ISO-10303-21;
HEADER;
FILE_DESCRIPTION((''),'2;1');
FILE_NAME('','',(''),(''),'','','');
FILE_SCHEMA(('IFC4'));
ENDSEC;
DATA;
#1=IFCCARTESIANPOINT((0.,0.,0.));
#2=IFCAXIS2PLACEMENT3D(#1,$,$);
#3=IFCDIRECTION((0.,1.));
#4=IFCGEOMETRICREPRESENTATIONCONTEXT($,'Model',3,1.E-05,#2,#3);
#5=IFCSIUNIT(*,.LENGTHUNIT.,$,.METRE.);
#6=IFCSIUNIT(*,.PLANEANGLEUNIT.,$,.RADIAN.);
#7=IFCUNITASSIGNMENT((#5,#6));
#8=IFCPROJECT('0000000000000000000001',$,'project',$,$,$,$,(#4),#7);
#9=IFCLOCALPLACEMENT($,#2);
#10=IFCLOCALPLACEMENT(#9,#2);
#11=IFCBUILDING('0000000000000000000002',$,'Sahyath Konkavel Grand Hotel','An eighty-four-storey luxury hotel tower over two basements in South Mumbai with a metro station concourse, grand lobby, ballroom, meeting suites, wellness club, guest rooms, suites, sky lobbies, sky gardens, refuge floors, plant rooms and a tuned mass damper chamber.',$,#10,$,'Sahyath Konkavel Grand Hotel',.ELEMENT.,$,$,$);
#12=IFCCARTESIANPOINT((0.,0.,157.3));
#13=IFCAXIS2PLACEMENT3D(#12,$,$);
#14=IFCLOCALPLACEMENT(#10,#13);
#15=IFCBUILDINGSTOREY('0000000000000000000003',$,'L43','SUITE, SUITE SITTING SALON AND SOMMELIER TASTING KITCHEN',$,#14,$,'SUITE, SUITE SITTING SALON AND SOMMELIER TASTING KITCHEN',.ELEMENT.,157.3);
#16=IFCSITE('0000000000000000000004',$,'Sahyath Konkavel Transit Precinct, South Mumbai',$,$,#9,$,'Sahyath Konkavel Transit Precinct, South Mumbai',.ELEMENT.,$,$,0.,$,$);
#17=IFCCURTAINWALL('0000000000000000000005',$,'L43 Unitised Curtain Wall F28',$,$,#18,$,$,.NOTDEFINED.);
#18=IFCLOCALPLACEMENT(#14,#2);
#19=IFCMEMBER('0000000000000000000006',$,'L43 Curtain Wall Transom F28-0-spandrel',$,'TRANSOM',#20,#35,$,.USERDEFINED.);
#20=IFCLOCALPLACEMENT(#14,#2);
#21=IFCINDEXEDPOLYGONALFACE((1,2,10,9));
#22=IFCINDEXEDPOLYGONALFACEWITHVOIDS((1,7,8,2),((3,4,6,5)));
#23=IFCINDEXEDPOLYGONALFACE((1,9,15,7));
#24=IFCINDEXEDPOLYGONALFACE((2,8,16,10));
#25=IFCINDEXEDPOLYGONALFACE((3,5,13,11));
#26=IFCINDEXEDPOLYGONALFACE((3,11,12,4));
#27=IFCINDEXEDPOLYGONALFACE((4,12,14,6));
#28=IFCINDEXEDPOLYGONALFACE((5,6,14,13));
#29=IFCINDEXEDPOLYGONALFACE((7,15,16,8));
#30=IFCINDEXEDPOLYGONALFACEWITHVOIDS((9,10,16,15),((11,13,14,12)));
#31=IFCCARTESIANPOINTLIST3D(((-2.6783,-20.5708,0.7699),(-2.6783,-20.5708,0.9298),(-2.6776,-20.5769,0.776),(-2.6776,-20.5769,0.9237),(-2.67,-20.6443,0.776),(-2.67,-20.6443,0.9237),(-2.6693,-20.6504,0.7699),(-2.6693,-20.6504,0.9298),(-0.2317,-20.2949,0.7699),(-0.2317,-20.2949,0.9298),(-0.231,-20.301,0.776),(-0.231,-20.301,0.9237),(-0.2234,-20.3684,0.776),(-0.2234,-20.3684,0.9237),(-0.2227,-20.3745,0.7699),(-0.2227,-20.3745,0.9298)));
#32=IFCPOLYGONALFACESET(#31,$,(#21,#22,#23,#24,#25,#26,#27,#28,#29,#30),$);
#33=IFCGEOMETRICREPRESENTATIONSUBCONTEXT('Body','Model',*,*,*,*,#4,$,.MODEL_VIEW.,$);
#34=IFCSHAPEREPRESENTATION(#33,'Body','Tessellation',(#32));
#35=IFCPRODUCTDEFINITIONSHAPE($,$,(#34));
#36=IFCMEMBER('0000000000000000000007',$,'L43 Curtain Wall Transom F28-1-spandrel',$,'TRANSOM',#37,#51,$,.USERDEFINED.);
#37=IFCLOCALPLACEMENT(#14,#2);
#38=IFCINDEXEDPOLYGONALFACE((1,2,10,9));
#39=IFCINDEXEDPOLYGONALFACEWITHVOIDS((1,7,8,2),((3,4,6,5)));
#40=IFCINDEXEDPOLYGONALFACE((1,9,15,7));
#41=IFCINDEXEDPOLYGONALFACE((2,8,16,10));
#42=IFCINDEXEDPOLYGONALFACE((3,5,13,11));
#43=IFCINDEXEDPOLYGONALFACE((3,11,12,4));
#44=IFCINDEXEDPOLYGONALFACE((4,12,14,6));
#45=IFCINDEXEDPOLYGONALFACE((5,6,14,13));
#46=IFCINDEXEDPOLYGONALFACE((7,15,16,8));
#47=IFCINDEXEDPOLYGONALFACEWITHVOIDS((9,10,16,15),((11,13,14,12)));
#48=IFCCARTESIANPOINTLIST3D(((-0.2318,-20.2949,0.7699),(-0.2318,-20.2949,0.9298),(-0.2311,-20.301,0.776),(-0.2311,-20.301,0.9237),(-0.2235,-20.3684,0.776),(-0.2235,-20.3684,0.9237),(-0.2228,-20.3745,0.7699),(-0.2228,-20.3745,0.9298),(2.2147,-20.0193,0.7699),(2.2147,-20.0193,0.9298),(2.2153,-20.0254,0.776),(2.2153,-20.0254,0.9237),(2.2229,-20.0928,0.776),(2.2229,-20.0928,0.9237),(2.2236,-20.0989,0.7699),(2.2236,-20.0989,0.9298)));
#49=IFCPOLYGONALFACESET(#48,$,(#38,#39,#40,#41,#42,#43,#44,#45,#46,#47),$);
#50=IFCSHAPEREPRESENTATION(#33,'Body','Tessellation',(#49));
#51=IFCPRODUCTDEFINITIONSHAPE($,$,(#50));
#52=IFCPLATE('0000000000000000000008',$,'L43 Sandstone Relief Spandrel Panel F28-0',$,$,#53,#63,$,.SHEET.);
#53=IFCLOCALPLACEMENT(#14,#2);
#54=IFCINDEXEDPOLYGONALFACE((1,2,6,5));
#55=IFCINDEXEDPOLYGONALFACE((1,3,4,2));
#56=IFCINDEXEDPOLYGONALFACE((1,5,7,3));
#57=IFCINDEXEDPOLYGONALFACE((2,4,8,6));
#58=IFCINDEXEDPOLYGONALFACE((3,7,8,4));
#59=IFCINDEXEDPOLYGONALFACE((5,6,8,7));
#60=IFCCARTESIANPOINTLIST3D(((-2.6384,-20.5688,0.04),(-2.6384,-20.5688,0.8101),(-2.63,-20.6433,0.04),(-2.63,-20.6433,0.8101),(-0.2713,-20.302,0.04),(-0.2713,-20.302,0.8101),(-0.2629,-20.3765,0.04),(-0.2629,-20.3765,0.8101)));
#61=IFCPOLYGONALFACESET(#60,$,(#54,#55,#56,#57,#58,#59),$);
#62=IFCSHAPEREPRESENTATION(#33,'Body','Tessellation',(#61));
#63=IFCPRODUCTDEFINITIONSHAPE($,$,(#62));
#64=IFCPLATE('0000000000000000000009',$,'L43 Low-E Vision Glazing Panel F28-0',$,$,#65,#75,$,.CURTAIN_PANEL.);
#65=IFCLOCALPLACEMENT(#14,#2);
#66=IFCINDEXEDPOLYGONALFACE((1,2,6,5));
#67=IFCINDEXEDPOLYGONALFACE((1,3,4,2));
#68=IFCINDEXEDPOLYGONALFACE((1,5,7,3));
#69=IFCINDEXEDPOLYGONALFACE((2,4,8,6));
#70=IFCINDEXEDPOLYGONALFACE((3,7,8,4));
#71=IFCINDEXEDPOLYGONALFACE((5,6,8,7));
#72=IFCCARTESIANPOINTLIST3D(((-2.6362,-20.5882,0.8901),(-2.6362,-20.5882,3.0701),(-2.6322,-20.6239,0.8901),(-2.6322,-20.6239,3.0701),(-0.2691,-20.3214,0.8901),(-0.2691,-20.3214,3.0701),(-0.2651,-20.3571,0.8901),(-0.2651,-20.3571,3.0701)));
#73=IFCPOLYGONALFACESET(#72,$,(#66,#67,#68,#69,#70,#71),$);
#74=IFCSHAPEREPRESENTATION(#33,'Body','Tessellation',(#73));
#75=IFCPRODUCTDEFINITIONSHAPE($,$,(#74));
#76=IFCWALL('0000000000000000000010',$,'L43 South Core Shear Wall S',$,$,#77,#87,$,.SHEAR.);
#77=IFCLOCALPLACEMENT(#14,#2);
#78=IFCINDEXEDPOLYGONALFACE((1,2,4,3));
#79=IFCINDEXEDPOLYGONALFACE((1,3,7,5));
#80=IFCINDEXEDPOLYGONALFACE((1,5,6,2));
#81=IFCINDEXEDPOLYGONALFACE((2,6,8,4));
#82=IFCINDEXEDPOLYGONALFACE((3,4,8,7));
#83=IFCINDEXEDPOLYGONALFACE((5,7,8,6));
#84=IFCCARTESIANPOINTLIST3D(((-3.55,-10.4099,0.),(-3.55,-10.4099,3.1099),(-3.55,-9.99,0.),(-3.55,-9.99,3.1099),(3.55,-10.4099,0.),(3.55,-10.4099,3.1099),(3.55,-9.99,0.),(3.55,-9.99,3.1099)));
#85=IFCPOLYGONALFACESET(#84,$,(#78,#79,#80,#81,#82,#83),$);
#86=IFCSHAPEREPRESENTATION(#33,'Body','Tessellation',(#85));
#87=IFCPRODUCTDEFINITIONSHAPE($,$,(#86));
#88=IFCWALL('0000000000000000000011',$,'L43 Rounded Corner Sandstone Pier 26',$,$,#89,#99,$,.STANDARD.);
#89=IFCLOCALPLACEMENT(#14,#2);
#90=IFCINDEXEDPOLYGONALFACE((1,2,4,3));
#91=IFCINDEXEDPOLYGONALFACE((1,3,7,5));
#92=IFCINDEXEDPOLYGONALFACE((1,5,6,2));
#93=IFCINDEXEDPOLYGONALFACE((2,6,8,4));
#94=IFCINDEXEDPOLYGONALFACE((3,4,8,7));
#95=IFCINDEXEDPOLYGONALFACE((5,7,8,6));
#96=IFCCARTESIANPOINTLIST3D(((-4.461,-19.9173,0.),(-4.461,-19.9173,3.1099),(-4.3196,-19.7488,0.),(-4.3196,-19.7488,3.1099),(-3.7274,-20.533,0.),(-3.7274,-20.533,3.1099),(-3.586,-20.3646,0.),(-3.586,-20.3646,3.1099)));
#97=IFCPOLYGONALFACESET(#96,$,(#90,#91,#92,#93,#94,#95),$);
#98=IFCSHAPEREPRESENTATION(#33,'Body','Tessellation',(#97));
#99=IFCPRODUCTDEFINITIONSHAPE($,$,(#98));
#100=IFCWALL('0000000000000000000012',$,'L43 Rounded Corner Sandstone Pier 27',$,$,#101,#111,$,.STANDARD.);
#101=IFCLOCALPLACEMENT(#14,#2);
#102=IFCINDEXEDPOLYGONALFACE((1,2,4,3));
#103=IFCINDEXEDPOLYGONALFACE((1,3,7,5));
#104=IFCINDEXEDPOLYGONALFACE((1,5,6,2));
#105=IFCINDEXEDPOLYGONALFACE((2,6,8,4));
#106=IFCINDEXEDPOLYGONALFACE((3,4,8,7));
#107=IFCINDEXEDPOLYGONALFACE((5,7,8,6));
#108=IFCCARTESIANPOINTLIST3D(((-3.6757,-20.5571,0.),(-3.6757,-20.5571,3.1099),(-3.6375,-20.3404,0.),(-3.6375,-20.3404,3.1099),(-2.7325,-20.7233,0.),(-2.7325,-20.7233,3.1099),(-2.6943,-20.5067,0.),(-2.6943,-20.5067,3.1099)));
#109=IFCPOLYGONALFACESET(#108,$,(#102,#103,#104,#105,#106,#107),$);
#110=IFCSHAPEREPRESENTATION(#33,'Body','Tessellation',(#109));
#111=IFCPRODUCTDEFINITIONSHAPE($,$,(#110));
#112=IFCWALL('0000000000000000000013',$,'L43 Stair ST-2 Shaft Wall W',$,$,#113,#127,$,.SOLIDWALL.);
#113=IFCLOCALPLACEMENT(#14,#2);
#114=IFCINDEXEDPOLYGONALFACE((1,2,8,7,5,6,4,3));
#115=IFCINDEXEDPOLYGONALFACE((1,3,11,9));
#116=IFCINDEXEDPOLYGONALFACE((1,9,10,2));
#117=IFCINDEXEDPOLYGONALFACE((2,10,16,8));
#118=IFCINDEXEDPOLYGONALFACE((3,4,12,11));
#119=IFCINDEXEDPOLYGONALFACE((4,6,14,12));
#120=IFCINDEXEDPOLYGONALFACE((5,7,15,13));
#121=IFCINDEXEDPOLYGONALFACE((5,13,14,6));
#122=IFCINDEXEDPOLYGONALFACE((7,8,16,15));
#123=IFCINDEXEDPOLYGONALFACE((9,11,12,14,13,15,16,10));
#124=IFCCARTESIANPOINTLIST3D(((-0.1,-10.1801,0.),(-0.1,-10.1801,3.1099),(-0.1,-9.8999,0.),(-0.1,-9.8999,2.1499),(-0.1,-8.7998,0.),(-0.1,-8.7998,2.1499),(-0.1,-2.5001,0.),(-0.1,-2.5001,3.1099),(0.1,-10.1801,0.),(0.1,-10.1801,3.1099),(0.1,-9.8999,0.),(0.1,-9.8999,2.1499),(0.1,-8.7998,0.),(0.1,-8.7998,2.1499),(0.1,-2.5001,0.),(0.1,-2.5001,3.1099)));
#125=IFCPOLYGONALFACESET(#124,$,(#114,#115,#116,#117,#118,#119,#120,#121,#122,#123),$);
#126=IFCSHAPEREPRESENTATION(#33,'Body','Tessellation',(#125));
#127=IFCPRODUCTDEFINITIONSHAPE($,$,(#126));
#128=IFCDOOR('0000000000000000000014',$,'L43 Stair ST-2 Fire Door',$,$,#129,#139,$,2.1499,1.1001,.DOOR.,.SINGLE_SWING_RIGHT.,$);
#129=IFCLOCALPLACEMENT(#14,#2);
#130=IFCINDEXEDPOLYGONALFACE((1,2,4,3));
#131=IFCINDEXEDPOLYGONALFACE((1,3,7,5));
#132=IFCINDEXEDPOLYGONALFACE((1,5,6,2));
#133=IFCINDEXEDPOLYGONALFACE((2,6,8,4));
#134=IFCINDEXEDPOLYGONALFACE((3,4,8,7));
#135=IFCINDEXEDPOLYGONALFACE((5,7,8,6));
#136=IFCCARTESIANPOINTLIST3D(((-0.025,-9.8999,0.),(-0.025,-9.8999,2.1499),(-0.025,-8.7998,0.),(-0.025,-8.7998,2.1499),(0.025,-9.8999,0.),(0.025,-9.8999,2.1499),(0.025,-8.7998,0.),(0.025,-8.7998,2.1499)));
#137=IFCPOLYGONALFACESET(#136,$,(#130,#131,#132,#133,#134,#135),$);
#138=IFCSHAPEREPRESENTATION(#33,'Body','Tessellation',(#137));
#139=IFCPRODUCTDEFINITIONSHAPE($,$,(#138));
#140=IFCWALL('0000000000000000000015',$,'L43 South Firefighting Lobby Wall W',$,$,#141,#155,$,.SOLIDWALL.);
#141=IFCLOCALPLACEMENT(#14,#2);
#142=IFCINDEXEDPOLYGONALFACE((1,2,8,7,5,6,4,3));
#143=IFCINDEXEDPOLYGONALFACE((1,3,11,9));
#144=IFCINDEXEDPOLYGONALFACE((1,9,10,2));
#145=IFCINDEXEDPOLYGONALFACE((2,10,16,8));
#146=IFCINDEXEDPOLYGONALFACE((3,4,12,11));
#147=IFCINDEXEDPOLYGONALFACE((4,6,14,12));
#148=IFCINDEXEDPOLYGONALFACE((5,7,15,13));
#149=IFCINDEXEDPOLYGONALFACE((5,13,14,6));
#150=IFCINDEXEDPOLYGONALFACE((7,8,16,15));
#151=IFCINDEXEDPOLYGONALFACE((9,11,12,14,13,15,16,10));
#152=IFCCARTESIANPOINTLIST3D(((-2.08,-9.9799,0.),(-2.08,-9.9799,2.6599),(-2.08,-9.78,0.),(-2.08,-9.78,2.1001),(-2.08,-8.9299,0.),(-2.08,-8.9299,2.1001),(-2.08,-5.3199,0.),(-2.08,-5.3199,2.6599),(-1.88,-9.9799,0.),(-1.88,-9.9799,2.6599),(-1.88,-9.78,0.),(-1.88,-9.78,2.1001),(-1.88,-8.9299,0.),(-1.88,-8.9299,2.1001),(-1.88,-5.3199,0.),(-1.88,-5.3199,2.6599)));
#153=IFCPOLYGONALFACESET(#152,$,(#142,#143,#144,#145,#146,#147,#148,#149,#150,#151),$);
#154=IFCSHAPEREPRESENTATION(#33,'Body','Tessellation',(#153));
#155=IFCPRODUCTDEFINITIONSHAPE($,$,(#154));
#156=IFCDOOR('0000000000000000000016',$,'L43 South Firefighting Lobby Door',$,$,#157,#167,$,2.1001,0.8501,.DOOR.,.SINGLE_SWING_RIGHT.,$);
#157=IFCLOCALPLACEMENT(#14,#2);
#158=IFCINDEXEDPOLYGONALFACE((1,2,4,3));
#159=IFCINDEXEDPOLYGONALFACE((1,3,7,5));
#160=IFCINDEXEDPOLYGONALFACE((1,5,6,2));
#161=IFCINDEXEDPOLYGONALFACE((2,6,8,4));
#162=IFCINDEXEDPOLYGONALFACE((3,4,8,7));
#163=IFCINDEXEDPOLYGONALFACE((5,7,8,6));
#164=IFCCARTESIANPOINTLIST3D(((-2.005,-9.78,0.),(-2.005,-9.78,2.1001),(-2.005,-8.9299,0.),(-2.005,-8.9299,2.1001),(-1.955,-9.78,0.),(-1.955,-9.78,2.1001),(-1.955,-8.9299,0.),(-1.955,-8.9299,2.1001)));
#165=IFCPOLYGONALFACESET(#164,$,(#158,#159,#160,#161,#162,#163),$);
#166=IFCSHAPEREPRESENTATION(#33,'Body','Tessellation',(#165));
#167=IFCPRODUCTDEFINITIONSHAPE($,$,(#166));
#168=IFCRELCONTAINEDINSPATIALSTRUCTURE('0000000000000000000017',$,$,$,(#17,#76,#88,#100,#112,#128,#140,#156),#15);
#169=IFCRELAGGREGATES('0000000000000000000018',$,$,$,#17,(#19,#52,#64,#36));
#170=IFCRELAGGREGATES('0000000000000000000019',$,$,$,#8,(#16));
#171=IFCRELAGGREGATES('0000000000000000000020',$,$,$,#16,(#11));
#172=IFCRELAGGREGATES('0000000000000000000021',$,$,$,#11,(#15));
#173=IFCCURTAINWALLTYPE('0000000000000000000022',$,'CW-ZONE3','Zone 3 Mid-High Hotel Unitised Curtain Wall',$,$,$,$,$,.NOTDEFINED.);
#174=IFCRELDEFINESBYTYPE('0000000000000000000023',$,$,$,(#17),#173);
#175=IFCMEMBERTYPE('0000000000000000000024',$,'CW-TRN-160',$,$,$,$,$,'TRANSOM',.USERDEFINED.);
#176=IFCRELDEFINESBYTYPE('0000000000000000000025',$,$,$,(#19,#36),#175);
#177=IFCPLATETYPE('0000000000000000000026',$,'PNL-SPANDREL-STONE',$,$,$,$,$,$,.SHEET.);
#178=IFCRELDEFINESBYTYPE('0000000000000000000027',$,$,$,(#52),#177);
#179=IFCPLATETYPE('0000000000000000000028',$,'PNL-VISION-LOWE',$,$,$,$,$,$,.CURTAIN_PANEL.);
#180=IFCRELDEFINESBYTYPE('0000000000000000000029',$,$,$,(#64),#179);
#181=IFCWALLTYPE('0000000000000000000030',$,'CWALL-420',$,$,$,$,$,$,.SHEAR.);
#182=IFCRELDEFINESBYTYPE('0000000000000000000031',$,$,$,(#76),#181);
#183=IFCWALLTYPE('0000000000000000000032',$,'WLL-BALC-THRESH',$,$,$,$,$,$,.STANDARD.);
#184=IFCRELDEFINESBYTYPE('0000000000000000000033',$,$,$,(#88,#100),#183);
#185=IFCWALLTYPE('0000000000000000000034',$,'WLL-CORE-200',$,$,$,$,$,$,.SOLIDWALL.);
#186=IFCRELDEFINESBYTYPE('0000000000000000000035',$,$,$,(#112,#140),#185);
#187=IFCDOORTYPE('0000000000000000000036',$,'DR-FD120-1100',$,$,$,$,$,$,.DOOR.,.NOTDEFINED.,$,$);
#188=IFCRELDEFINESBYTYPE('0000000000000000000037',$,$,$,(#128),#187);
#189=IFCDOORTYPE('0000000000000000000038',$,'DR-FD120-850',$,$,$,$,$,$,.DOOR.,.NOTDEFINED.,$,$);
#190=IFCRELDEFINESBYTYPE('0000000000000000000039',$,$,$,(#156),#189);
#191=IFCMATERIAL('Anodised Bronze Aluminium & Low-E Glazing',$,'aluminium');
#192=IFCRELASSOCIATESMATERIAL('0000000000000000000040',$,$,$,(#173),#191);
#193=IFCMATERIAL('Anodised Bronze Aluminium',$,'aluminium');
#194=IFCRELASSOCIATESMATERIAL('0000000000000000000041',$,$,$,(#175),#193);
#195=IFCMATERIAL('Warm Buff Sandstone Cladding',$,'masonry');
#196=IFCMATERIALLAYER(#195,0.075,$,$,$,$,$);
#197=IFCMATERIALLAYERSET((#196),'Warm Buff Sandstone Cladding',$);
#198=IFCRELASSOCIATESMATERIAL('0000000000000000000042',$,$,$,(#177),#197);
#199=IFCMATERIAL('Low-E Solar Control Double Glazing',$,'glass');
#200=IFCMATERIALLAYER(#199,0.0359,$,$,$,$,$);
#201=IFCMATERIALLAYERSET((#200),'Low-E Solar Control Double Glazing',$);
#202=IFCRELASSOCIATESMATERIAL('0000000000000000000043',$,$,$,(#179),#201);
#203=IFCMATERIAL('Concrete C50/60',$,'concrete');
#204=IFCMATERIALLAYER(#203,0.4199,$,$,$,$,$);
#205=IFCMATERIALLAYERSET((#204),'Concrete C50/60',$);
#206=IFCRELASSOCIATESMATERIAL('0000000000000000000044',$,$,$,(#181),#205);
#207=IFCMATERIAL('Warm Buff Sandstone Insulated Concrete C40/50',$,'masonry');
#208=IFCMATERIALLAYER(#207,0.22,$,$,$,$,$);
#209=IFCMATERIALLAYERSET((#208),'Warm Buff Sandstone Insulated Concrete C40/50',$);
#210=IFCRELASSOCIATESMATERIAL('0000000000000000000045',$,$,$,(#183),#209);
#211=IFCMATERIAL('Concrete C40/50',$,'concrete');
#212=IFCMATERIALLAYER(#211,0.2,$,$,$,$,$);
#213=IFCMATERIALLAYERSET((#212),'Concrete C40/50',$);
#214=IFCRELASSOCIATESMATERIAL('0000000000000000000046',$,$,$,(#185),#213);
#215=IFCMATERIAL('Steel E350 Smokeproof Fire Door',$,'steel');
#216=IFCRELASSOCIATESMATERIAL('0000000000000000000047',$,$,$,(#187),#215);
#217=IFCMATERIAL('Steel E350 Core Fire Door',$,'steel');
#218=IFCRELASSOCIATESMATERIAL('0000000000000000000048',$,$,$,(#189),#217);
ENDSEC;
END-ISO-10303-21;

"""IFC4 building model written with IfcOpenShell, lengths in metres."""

from ifc_helpers import new_model, si_unit, direction, frame, frame_2d, origin, origin_2d, place, context, subcontext, project, spatial, rectangle, hollow_rectangle, extrude, source, transform, mapped, material, layer, layer_set, material_profile, profile_set, type_object, element, fill, aggregate, save


model = new_model("IFC4")

# Units and contexts
model_context = context("Model", 3, precision=1e-05, world=origin(), true_north=direction((0.0, 1.0)))
body_context = subcontext(model_context, "Body", "Model", "MODEL_VIEW")
ifc_project = project(units=[si_unit("LENGTHUNIT", "METRE"), si_unit("PLANEANGLEUNIT", "RADIAN")], contexts=[model_context])

# Site, building, storey
site_placement = place(None, origin())
site = spatial("IfcSite", under=ifc_project, at=site_placement, Name="Sahyath Konkavel Transit Precinct, South Mumbai", LongName="Sahyath Konkavel Transit Precinct, South Mumbai", CompositionType="ELEMENT", RefElevation=0.0)
building_placement = place(site_placement, origin())
building = spatial("IfcBuilding", under=site, at=building_placement, Name="Sahyath Konkavel Grand Hotel", Description="An eighty-four-storey luxury hotel tower over two basements in South Mumbai with a metro station concourse, grand lobby, ballroom, meeting suites, wellness club, guest rooms, suites, sky lobbies, sky gardens, refuge floors, plant rooms and a tuned mass damper chamber.", LongName="Sahyath Konkavel Grand Hotel", CompositionType="ELEMENT")
storey_placement = place(building_placement, frame((0.0, 0.0, 157.3)))
storey = spatial("IfcBuildingStorey", under=building, at=storey_placement, Name="L43", Description="SUITE, SUITE SITTING SALON AND SOMMELIER TASTING KITCHEN", LongName="SUITE, SUITE SITTING SALON AND SOMMELIER TASTING KITCHEN", CompositionType="ELEMENT", Elevation=157.3)

# Shared definitions
ifc_material_1 = material(Name="Concrete C50/60", Category="concrete")
ifc_material_2 = material(Name="Concrete C40/50", Category="concrete")

# Curtain wall, members, plates
ifc_material_3 = material(Name="Anodised Bronze Aluminium & Low-E Glazing", Category="aluminium")
curtain_wall_type = type_object("IfcCurtainWallType", Name="CW-ZONE3", Description="Zone 3 Mid-High Hotel Unitised Curtain Wall", PredefinedType="NOTDEFINED", material=ifc_material_3)
curtain_wall_placement = place(storey_placement, origin())
curtain_wall = element("IfcCurtainWall", 1, at=curtain_wall_placement, inside=storey, type_object=curtain_wall_type, Name="L43 Unitised Curtain Wall F28", PredefinedType="NOTDEFINED")
ifc_material_4 = material(Name="Anodised Bronze Aluminium", Category="aluminium")
ifc_material_profile_1 = material_profile(ifc_material_4, hollow_rectangle(XDim=0.0801, YDim=0.1599, WallThickness=0.0061, at=origin_2d()), Name="RHS 160x80x6")
ifc_profile_set_1 = profile_set([ifc_material_profile_1], Name="Anodised Bronze Aluminium")
member_type_1 = type_object("IfcMemberType", Name="CW-TRN-160", ElementType="TRANSOM", PredefinedType="USERDEFINED", material=ifc_profile_set_1)
shared_shape_1 = source(origin(), body_context, "Body", "SweptSolid", [
    extrude(hollow_rectangle(XDim=0.0801, YDim=0.1599, WallThickness=0.0061, at=origin_2d()), origin(), (0.0, 0.0, 1.0), 2.4622),
])
member_1_placement = place(storey_placement, frame((-2.6738, -20.6106, 0.8499), z_axis=(0.993702, 0.112053, 0.0), x_axis=(-0.112053, 0.993702, 0.0)))
member_1 = element("IfcMember", 2, at=member_1_placement, type_object=member_type_1, Name="L43 Curtain Wall Transom F28-0-spandrel", ObjectType="TRANSOM", PredefinedType="USERDEFINED", context=body_context, shape_type="MappedRepresentation", body=[
    mapped(shared_shape_1, transform((0.0, 0.0, 0.0), scale=1.0)),
])
shared_shape_2 = source(origin(), body_context, "Body", "SweptSolid", [
    extrude(hollow_rectangle(XDim=0.0801, YDim=0.1599, WallThickness=0.0061, at=origin_2d()), origin(), (0.0, 0.0, 1.0), 2.4619),
])
member_2_placement = place(storey_placement, frame((-0.2273, -20.3347, 0.8499), z_axis=(0.993713, 0.111955, 0.0), x_axis=(-0.111955, 0.993713, 0.0)))
member_2 = element("IfcMember", 3, at=member_2_placement, type_object=member_type_1, Name="L43 Curtain Wall Transom F28-1-spandrel", ObjectType="TRANSOM", PredefinedType="USERDEFINED", context=body_context, shape_type="MappedRepresentation", body=[
    mapped(shared_shape_2, transform((0.0, 0.0, 0.0), scale=1.0)),
])
ifc_material_5 = material(Name="Warm Buff Sandstone Cladding", Category="masonry")
ifc_layer_1 = layer(ifc_material_5, 0.075)
ifc_layer_set_1 = layer_set([ifc_layer_1], Name="Warm Buff Sandstone Cladding")
plate_type_1 = type_object("IfcPlateType", Name="PNL-SPANDREL-STONE", PredefinedType="SHEET", material=ifc_layer_set_1)
shared_shape_3 = source(origin(), body_context, "Body", "SweptSolid", [
    extrude(rectangle(XDim=2.3821, YDim=0.075, at=origin_2d()), origin(), (0.0, 0.0, 1.0), 0.77),
])
plate_1_placement = place(storey_placement, frame((-1.4507, -20.4727, 0.04), z_axis=(0.0, 0.0, 1.0), x_axis=(0.993707, 0.112007, 0.0)))
plate_1 = element("IfcPlate", 4, at=plate_1_placement, type_object=plate_type_1, Name="L43 Sandstone Relief Spandrel Panel F28-0", PredefinedType="SHEET", context=body_context, shape_type="MappedRepresentation", body=[
    mapped(shared_shape_3, transform((0.0, 0.0, 0.0), scale=1.0)),
])
ifc_material_6 = material(Name="Low-E Solar Control Double Glazing", Category="glass")
ifc_layer_2 = layer(ifc_material_6, 0.0359)
ifc_layer_set_2 = layer_set([ifc_layer_2], Name="Low-E Solar Control Double Glazing")
plate_type_2 = type_object("IfcPlateType", Name="PNL-VISION-LOWE", PredefinedType="CURTAIN_PANEL", material=ifc_layer_set_2)
shared_shape_4 = source(origin(), body_context, "Body", "SweptSolid", [
    extrude(rectangle(XDim=2.3821, YDim=0.0359, at=origin_2d()), origin(), (0.0, 0.0, 1.0), 2.1799),
])
plate_2_placement = place(storey_placement, frame((-1.4507, -20.4727, 0.8901), z_axis=(0.0, 0.0, 1.0), x_axis=(0.993707, 0.112007, 0.0)))
plate_2 = element("IfcPlate", 5, at=plate_2_placement, type_object=plate_type_2, Name="L43 Low-E Vision Glazing Panel F28-0", PredefinedType="CURTAIN_PANEL", context=body_context, shape_type="MappedRepresentation", body=[
    mapped(shared_shape_4, transform((0.0, 0.0, 0.0), scale=1.0)),
])
aggregate(curtain_wall, [member_1, plate_1, plate_2, member_2])

# Walls
ifc_layer_3 = layer(ifc_material_1, 0.4199)
ifc_layer_set_3 = layer_set([ifc_layer_3], Name="Concrete C50/60")
wall_type_1 = type_object("IfcWallType", Name="CWALL-420", PredefinedType="SHEAR", material=ifc_layer_set_3)
wall_1_placement = place(storey_placement, frame((-3.55, -10.2, 0.0), z_axis=(0.0, 0.0, 1.0), x_axis=(1.0, 0.0, 0.0)))
element("IfcWall", 6, at=wall_1_placement, inside=storey, type_object=wall_type_1, Name="L43 South Core Shear Wall S", PredefinedType="SHEAR", context=body_context, shape_type="SweptSolid", body=[
    extrude(rectangle(XDim=7.1001, YDim=0.4199, at=frame_2d((3.55, 0.0))), origin(), (0.0, 0.0, 1.0), 3.1099),
])
ifc_material_7 = material(Name="Warm Buff Sandstone Insulated Concrete C40/50", Category="masonry")
ifc_layer_4 = layer(ifc_material_7, 0.22)
ifc_layer_set_4 = layer_set([ifc_layer_4], Name="Warm Buff Sandstone Insulated Concrete C40/50")
wall_type_2 = type_object("IfcWallType", Name="WLL-BALC-THRESH", PredefinedType="STANDARD", material=ifc_layer_set_4)
for number, where, z_axis, x_axis, name in (
    (7, (-4.3904, -19.833, 0.0), (0.0, 0.0, 1.0), (0.765981, -0.642863, 0.0), "L43 Rounded Corner Sandstone Pier 26"),
    (8, (-3.6567, -20.4487, 0.0), (0.0, 0.0, 1.0), (0.984814, -0.173611, 0.0), "L43 Rounded Corner Sandstone Pier 27"),
):
    element("IfcWall", number, at=place(storey_placement, frame(where, z_axis=z_axis, x_axis=x_axis)), inside=storey, type_object=wall_type_2, Name=name, PredefinedType="STANDARD", context=body_context, shape_type="SweptSolid", body=[
        extrude(rectangle(XDim=0.9578, YDim=0.22, at=frame_2d((0.479, 0.0))), origin(), (0.0, 0.0, 1.0), 3.1099),
    ])

# Walls, openings, doors
ifc_layer_5 = layer(ifc_material_2, 0.2)
ifc_layer_set_5 = layer_set([ifc_layer_5], Name="Concrete C40/50")
wall_type_3 = type_object("IfcWallType", Name="WLL-CORE-200", PredefinedType="SOLIDWALL", material=ifc_layer_set_5)
wall_2_placement = place(storey_placement, frame((0.0, -10.1799, 0.0), z_axis=(0.0, 0.0, 1.0), x_axis=(0.0, 1.0, 0.0)))
wall_2 = element("IfcWall", 9, at=wall_2_placement, inside=storey, type_object=wall_type_3, Name="L43 Stair ST-2 Shaft Wall W", PredefinedType="SOLIDWALL", context=body_context, shape_type="SweptSolid", body=[
    extrude(rectangle(XDim=7.6799, YDim=0.2, at=frame_2d((3.8398, 0.0))), origin(), (0.0, 0.0, 1.0), 3.1099),
])
opening_1_placement = place(wall_2_placement, frame((0.28, 0.0, 0.0)))
opening_1 = element("IfcOpeningElement", 10, at=opening_1_placement, cuts=wall_2, PredefinedType="OPENING", context=body_context, shape_type="SweptSolid", body=[
    extrude(rectangle(XDim=1.1001, YDim=2.1499, at=frame_2d((0.55, 1.075))), frame((0.0, 0.1099, 0.0), z_axis=(0.0, -1.0, 0.0), x_axis=(1.0, 0.0, 0.0)), (0.0, 0.0, 1.0), 0.22),
])
ifc_material_8 = material(Name="Steel E350 Smokeproof Fire Door", Category="steel")
door_type_1 = type_object("IfcDoorType", Name="DR-FD120-1100", OperationType="NOTDEFINED", PredefinedType="DOOR", material=ifc_material_8)
shared_shape_5 = source(origin(), body_context, "Body", "SweptSolid", [
    extrude(rectangle(XDim=1.1001, YDim=0.05, at=origin_2d()), origin(), (0.0, 0.0, 1.0), 2.1499),
])
door_1_placement = place(opening_1_placement, frame((0.55, 0.0, 0.0)))
door_1 = element("IfcDoor", 11, at=door_1_placement, inside=storey, type_object=door_type_1, Name="L43 Stair ST-2 Fire Door", OperationType="SINGLE_SWING_RIGHT", OverallHeight=2.1499, OverallWidth=1.1001, PredefinedType="DOOR", context=body_context, shape_type="MappedRepresentation", body=[
    mapped(shared_shape_5, transform((0.0, 0.0, 0.0), scale=1.0)),
])
fill(opening_1, door_1)
wall_3_placement = place(storey_placement, frame((-1.98, -9.98, 0.0), z_axis=(0.0, 0.0, 1.0), x_axis=(0.0, 1.0, 0.0)))
wall_3 = element("IfcWall", 12, at=wall_3_placement, inside=storey, type_object=wall_type_3, Name="L43 South Firefighting Lobby Wall W", PredefinedType="SOLIDWALL", context=body_context, shape_type="SweptSolid", body=[
    extrude(rectangle(XDim=4.6599, YDim=0.2, at=frame_2d((2.3301, 0.0))), origin(), (0.0, 0.0, 1.0), 2.6599),
])
opening_2_placement = place(wall_3_placement, frame((0.2, 0.0, 0.0)))
opening_2 = element("IfcOpeningElement", 13, at=opening_2_placement, cuts=wall_3, PredefinedType="OPENING", context=body_context, shape_type="SweptSolid", body=[
    extrude(rectangle(XDim=0.8501, YDim=2.1001, at=frame_2d((0.425, 1.05))), frame((0.0, 0.1099, 0.0), z_axis=(0.0, -1.0, 0.0), x_axis=(1.0, 0.0, 0.0)), (0.0, 0.0, 1.0), 0.22),
])
ifc_material_9 = material(Name="Steel E350 Core Fire Door", Category="steel")
door_type_2 = type_object("IfcDoorType", Name="DR-FD120-850", OperationType="NOTDEFINED", PredefinedType="DOOR", material=ifc_material_9)
shared_shape_6 = source(origin(), body_context, "Body", "SweptSolid", [
    extrude(rectangle(XDim=0.8501, YDim=0.05, at=origin_2d()), origin(), (0.0, 0.0, 1.0), 2.1001),
])
door_2_placement = place(opening_2_placement, frame((0.425, 0.0, 0.0)))
door_2 = element("IfcDoor", 14, at=door_2_placement, inside=storey, type_object=door_type_2, Name="L43 South Firefighting Lobby Door", OperationType="SINGLE_SWING_RIGHT", OverallHeight=2.1001, OverallWidth=0.8501, PredefinedType="DOOR", context=body_context, shape_type="MappedRepresentation", body=[
    mapped(shared_shape_6, transform((0.0, 0.0, 0.0), scale=1.0)),
])
fill(opening_2, door_2)

save(model, "model.ifc")
